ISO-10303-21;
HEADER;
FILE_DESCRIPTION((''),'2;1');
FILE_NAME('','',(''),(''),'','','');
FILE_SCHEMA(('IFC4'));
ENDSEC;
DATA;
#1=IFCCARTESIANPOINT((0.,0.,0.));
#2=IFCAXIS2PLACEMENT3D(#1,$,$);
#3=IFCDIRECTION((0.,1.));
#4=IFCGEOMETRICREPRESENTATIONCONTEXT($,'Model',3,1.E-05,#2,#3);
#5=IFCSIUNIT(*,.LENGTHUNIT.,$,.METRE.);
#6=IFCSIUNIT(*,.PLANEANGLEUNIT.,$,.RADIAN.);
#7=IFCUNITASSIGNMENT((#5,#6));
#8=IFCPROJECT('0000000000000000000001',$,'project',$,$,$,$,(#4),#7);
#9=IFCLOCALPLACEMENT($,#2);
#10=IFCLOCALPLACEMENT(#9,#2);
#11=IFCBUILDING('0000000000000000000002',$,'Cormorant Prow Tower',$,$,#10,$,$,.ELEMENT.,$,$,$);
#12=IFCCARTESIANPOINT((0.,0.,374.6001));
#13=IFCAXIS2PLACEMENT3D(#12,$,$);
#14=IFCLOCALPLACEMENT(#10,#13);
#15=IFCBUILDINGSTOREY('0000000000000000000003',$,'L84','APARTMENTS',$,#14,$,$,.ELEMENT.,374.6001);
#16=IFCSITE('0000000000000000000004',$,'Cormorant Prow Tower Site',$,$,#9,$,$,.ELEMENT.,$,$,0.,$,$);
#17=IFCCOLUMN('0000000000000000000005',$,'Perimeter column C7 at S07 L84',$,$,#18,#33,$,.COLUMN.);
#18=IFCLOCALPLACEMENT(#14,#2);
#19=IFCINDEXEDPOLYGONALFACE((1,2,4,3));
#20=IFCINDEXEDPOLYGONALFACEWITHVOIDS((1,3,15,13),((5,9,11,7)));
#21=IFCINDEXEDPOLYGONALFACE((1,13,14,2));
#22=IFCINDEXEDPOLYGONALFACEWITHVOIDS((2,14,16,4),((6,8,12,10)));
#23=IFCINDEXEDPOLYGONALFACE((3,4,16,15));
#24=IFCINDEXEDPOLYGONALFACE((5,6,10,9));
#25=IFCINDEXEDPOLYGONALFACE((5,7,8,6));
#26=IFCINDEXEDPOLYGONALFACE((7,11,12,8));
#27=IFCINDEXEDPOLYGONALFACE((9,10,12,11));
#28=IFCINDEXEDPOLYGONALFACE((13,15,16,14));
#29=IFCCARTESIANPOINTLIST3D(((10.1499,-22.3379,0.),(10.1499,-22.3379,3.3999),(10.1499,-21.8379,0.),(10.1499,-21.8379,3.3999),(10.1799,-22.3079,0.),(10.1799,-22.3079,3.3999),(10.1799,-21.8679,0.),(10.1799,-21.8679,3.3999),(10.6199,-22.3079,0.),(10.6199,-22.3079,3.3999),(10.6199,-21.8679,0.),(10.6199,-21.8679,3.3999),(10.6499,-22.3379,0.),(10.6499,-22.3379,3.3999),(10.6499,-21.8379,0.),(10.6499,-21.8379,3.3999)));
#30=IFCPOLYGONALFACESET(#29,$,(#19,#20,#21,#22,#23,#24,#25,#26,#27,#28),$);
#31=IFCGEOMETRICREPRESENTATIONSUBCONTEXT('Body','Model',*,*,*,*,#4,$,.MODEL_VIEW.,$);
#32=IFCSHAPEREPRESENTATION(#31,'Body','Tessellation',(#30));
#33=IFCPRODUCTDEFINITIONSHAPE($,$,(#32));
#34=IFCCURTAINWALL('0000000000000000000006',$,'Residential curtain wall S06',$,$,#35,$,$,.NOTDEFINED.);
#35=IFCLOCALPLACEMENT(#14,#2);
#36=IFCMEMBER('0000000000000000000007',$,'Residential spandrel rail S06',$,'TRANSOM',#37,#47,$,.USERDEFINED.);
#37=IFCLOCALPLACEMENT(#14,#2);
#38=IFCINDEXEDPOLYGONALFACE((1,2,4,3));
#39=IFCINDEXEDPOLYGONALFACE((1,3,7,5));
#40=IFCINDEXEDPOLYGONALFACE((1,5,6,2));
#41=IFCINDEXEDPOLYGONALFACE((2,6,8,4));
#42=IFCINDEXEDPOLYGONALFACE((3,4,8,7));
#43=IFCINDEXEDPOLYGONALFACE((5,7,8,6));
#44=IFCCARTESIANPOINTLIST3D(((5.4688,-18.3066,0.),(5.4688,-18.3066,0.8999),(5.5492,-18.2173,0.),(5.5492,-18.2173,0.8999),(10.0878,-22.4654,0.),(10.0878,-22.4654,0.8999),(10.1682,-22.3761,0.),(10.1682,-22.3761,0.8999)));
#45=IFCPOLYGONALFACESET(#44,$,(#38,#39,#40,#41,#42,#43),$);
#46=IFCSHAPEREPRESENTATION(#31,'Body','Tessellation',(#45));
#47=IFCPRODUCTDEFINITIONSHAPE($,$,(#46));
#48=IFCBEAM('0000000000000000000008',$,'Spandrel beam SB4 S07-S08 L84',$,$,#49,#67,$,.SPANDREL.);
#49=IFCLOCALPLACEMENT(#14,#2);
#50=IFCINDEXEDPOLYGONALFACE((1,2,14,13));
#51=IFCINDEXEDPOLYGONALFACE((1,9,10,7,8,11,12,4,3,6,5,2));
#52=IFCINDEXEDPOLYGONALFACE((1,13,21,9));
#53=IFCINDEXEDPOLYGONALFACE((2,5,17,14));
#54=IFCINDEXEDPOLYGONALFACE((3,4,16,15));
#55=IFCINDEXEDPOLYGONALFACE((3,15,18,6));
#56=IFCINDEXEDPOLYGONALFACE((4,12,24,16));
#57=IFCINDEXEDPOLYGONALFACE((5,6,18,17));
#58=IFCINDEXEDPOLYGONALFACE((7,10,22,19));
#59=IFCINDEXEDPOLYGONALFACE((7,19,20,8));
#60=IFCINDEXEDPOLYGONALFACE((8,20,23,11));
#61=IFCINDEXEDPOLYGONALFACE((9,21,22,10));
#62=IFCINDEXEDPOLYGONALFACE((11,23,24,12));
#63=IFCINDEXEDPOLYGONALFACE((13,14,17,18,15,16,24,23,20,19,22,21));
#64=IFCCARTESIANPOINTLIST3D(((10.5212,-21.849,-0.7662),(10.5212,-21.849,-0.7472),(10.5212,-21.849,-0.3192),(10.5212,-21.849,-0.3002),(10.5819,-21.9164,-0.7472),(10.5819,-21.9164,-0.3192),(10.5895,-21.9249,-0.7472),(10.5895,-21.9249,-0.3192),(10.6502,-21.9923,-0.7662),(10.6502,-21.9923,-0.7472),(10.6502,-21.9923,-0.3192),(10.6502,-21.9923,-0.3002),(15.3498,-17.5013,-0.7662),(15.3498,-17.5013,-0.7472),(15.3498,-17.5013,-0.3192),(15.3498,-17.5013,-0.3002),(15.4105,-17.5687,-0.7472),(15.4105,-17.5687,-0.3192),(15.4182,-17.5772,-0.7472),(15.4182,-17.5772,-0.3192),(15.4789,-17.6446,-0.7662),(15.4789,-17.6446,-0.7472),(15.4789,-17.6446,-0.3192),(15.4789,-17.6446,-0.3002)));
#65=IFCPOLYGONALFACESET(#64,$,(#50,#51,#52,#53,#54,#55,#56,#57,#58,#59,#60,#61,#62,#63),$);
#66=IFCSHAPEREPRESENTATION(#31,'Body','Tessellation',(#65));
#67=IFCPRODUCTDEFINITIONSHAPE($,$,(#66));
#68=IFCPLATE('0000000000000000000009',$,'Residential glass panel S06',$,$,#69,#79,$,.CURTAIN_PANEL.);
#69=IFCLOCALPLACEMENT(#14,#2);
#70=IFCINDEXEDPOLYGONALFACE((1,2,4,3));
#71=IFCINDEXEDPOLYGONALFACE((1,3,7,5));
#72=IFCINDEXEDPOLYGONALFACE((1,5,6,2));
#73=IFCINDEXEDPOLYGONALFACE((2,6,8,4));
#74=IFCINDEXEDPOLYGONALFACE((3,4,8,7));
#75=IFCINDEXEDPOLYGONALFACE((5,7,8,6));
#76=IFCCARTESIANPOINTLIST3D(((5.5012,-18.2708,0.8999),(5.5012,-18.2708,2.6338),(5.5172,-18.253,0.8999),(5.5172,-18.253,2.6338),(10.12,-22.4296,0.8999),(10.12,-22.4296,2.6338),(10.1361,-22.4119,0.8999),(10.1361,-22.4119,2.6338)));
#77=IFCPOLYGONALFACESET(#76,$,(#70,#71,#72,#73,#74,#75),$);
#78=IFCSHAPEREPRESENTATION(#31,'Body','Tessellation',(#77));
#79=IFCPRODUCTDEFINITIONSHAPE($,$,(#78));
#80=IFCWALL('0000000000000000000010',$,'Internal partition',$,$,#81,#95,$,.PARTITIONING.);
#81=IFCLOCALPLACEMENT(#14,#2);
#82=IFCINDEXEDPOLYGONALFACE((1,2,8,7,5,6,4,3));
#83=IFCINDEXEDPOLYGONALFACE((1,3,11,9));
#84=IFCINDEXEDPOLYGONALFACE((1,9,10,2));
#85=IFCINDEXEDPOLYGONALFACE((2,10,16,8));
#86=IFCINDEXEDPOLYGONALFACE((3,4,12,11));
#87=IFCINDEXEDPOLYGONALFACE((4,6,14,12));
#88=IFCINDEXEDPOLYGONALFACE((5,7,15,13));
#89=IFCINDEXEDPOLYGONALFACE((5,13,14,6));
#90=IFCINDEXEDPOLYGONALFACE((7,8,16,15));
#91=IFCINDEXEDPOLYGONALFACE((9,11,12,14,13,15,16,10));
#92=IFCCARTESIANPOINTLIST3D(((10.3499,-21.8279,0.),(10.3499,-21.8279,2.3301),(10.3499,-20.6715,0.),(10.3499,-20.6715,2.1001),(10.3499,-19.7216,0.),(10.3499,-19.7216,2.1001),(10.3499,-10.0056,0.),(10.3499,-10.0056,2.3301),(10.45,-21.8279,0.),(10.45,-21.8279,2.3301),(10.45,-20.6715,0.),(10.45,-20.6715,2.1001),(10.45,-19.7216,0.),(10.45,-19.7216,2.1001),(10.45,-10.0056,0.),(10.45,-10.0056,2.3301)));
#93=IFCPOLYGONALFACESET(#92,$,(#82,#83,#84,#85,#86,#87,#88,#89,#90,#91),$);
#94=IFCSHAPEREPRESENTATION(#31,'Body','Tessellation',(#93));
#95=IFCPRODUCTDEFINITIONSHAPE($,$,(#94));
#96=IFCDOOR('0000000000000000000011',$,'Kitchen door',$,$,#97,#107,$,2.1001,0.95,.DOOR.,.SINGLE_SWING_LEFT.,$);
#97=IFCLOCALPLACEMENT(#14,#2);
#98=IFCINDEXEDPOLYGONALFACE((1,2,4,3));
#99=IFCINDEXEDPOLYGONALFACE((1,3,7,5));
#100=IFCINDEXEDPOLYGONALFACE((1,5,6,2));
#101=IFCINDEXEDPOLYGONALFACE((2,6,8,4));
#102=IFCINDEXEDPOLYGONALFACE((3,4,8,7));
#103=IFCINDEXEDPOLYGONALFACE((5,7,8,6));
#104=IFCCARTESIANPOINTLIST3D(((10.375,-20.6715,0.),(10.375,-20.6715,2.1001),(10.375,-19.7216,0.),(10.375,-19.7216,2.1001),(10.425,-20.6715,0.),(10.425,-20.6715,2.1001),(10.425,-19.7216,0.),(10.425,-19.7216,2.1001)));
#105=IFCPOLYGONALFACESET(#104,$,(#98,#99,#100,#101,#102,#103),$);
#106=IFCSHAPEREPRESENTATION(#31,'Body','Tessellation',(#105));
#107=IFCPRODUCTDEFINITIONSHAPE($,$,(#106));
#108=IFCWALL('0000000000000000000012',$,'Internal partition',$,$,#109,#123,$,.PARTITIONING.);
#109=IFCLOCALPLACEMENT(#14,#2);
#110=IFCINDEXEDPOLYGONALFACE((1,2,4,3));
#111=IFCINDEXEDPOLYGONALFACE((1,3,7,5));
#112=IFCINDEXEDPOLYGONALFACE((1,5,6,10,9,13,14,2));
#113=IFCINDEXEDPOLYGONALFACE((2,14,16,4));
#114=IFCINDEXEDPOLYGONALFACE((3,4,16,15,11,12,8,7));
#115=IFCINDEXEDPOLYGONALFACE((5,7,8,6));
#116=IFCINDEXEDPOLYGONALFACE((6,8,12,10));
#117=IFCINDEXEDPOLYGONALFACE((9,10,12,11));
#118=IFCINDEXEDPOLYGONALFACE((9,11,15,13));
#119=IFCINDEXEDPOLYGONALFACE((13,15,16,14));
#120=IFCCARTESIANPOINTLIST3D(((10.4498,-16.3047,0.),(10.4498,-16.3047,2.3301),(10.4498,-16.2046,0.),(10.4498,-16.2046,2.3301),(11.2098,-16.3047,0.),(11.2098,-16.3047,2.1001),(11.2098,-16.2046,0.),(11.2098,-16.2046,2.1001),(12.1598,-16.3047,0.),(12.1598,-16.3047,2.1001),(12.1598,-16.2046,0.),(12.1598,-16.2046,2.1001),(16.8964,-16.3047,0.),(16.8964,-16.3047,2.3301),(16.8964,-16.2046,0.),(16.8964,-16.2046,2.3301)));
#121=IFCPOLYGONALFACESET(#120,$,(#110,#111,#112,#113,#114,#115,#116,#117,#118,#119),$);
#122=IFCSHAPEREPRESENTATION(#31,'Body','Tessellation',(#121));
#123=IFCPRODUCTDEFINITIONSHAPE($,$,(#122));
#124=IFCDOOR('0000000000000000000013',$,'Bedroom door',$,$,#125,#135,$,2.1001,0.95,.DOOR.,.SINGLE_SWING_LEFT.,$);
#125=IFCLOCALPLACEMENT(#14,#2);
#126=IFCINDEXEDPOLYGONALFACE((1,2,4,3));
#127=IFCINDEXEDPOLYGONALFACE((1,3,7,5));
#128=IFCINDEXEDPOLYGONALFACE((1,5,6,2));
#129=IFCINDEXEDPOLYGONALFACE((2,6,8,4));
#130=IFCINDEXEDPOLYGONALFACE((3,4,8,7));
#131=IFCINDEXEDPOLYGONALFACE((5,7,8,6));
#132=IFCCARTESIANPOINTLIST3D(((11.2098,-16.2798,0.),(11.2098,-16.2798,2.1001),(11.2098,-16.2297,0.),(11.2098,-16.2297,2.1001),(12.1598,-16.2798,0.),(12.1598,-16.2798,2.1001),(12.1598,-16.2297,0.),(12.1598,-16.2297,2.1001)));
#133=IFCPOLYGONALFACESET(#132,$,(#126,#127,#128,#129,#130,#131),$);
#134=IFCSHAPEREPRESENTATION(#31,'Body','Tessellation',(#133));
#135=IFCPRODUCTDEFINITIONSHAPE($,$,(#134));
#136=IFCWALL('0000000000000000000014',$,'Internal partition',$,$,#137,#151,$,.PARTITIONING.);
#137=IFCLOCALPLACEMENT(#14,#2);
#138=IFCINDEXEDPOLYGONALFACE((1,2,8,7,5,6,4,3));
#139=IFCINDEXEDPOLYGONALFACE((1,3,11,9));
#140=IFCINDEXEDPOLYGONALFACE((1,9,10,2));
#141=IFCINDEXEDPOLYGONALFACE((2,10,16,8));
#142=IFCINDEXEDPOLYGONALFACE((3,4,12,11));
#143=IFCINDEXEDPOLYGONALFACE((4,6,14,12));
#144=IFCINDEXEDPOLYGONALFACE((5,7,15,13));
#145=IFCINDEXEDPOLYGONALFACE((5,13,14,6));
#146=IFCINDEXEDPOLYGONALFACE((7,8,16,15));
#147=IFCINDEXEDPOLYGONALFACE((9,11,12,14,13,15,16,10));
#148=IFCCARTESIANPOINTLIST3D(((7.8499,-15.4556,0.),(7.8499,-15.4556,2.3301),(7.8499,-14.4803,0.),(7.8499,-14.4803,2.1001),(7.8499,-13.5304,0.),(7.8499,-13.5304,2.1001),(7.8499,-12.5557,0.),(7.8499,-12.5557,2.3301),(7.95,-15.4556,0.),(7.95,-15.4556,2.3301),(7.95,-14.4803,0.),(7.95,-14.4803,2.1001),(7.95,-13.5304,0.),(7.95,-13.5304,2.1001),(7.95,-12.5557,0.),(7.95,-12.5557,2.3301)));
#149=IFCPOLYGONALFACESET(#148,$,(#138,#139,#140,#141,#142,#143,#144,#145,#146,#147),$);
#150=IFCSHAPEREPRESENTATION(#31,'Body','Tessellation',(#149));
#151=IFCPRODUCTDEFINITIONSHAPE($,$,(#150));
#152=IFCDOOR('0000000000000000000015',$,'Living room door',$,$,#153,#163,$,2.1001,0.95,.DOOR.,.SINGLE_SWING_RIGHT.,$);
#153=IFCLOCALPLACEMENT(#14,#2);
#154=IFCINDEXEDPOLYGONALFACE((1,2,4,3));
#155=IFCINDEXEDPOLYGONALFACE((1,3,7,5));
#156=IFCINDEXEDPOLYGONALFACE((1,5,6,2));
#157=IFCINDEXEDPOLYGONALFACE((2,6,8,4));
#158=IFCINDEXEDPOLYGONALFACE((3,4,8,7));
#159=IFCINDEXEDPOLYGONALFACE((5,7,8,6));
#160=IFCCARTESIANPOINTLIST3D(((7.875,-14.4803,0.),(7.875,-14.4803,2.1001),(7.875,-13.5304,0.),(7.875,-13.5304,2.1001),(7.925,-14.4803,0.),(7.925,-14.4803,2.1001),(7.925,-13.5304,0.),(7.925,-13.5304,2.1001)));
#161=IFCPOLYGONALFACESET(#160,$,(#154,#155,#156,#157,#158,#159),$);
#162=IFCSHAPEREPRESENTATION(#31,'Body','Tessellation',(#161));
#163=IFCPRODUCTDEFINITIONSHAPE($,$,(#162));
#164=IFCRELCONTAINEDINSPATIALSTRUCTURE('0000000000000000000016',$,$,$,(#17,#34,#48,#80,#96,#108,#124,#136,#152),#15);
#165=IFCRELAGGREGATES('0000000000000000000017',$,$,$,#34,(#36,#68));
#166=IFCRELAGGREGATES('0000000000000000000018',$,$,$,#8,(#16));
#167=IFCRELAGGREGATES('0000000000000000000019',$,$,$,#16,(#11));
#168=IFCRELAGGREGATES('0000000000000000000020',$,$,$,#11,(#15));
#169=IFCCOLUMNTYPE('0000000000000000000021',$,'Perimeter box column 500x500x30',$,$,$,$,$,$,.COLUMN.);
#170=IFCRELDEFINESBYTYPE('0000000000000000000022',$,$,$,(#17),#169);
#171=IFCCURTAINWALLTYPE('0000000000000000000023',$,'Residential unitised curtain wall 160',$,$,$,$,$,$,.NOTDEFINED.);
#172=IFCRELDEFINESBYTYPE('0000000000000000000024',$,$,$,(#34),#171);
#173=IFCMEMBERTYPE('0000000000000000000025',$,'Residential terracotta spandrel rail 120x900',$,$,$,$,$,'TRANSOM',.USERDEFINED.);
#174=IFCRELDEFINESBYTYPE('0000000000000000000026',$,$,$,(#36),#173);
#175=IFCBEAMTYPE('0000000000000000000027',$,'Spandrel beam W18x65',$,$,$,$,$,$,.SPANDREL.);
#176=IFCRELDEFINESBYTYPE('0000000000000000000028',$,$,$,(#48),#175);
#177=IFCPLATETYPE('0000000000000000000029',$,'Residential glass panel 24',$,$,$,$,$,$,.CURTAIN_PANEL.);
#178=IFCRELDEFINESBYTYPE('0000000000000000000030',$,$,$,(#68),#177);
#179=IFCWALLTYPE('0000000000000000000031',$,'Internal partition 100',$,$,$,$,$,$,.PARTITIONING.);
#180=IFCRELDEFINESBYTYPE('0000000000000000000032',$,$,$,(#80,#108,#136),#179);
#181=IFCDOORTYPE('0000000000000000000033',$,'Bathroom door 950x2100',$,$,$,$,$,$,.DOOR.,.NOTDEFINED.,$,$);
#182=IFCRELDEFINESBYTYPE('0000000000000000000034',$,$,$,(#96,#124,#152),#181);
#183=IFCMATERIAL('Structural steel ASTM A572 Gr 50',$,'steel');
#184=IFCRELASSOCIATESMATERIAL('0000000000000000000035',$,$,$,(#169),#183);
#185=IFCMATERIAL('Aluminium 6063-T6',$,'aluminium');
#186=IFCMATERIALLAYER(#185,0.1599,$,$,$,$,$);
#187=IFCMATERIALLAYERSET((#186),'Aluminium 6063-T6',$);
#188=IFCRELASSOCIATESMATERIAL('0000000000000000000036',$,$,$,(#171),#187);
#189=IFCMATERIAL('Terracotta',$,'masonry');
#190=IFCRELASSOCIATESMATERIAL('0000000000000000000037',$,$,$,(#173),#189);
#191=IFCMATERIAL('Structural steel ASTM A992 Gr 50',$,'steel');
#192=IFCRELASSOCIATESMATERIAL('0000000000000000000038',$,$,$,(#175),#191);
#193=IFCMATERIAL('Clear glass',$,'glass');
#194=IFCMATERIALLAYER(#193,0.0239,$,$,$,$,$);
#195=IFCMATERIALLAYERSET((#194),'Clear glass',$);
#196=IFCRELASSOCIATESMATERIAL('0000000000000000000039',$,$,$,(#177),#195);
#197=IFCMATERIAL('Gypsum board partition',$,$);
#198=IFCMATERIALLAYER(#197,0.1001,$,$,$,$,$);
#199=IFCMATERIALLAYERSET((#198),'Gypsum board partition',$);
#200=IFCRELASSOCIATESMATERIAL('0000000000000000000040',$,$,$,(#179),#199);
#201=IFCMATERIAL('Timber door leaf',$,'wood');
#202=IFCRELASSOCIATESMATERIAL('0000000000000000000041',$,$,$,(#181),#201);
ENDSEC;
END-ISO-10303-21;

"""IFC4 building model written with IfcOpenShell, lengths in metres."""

from ifc_helpers import new_model, si_unit, direction, frame, frame_2d, origin, origin_2d, place, context, subcontext, project, spatial, rectangle, hollow_rectangle, i_section, extrude, material, layer, layer_set, material_profile, profile_set, type_object, element, fill, aggregate, save


model = new_model("IFC4")

# Units and contexts
model_context = context("Model", 3, precision=1e-05, world=origin(), true_north=direction((0.0, 1.0)))
body_context = subcontext(model_context, "Body", "Model", "MODEL_VIEW")
ifc_project = project(units=[si_unit("LENGTHUNIT", "METRE"), si_unit("PLANEANGLEUNIT", "RADIAN")], contexts=[model_context])

# Site, building, storey
site_placement = place(None, origin())
site = spatial("IfcSite", under=ifc_project, at=site_placement, Name="Cormorant Prow Tower Site", CompositionType="ELEMENT", RefElevation=0.0)
building_placement = place(site_placement, origin())
building = spatial("IfcBuilding", under=site, at=building_placement, Name="Cormorant Prow Tower", CompositionType="ELEMENT")
storey_placement = place(building_placement, frame((0.0, 0.0, 374.6001)))
storey = spatial("IfcBuildingStorey", under=building, at=storey_placement, Name="L84", Description="APARTMENTS", CompositionType="ELEMENT", Elevation=374.6001)

# Column
ifc_material_1 = material(Name="Structural steel ASTM A572 Gr 50", Category="steel")
ifc_material_profile_1 = material_profile(ifc_material_1, hollow_rectangle(XDim=0.5, YDim=0.5, WallThickness=0.03, at=origin_2d()), Name="Box 500x500x30")
ifc_profile_set_1 = profile_set([ifc_material_profile_1], Name="Structural steel ASTM A572 Gr 50")
column_type = type_object("IfcColumnType", Name="Perimeter box column 500x500x30", PredefinedType="COLUMN", material=ifc_profile_set_1)
column_placement = place(storey_placement, frame((10.3999, -22.0879, 0.0), z_axis=(0.0, 0.0, 1.0), x_axis=(1.0, 0.0, 0.0)))
element("IfcColumn", 1, at=column_placement, inside=storey, type_object=column_type, Name="Perimeter column C7 at S07 L84", PredefinedType="COLUMN", context=body_context, shape_type="SweptSolid", body=[
    extrude(hollow_rectangle(XDim=0.5, YDim=0.5, WallThickness=0.03, at=origin_2d()), origin(), (0.0, 0.0, 1.0), 3.3999),
])

# Curtain wall, member
ifc_material_2 = material(Name="Aluminium 6063-T6", Category="aluminium")
ifc_layer_1 = layer(ifc_material_2, 0.1599)
ifc_layer_set_1 = layer_set([ifc_layer_1], Name="Aluminium 6063-T6")
curtain_wall_type = type_object("IfcCurtainWallType", Name="Residential unitised curtain wall 160", PredefinedType="NOTDEFINED", material=ifc_layer_set_1)
curtain_wall_placement = place(storey_placement, origin())
curtain_wall = element("IfcCurtainWall", 2, at=curtain_wall_placement, inside=storey, type_object=curtain_wall_type, Name="Residential curtain wall S06", PredefinedType="NOTDEFINED")
ifc_material_3 = material(Name="Terracotta", Category="masonry")
ifc_material_profile_2 = material_profile(ifc_material_3, rectangle(XDim=0.1201, YDim=0.8999, at=origin_2d()), Name="Residential terracotta spandrel rail 120x900")
ifc_profile_set_2 = profile_set([ifc_material_profile_2], Name="Terracotta")
member_type = type_object("IfcMemberType", Name="Residential terracotta spandrel rail 120x900", ElementType="TRANSOM", PredefinedType="USERDEFINED", material=ifc_profile_set_2)
member_placement = place(storey_placement, frame((5.509, -18.262, 0.45), z_axis=(0.743159, -0.669114, 0.0), x_axis=(0.669114, 0.743159, 0.0)))
member = element("IfcMember", 3, at=member_placement, type_object=member_type, Name="Residential spandrel rail S06", ObjectType="TRANSOM", PredefinedType="USERDEFINED", context=body_context, shape_type="SweptSolid", body=[
    extrude(rectangle(XDim=0.1201, YDim=0.8999, at=origin_2d()), origin(), (0.0, 0.0, 1.0), 6.2153),
])

# Beam
ifc_material_4 = material(Name="Structural steel ASTM A992 Gr 50", Category="steel")
ifc_material_profile_3 = material_profile(ifc_material_4, i_section(OverallWidth=0.1929, OverallDepth=0.4661, WebThickness=0.0115, FlangeThickness=0.019, at=origin_2d()), Name="W18x65")
ifc_profile_set_3 = profile_set([ifc_material_profile_3], Name="Structural steel ASTM A992 Gr 50")
beam_type = type_object("IfcBeamType", Name="Spandrel beam W18x65", PredefinedType="SPANDREL", material=ifc_profile_set_3)
beam_placement = place(storey_placement, frame((10.5857, -21.9207, -0.5332), z_axis=(0.743148, 0.669127, 0.0), x_axis=(-0.669127, 0.743148, 0.0)))
element("IfcBeam", 4, at=beam_placement, inside=storey, type_object=beam_type, Name="Spandrel beam SB4 S07-S08 L84", PredefinedType="SPANDREL", context=body_context, shape_type="SweptSolid", body=[
    extrude(i_section(OverallWidth=0.1929, OverallDepth=0.4661, WebThickness=0.0115, FlangeThickness=0.019, at=origin_2d()), origin(), (0.0, 0.0, 1.0), 6.4976),
])

# Plate
ifc_material_5 = material(Name="Clear glass", Category="glass")
ifc_layer_2 = layer(ifc_material_5, 0.0239)
ifc_layer_set_2 = layer_set([ifc_layer_2], Name="Clear glass")
plate_type = type_object("IfcPlateType", Name="Residential glass panel 24", PredefinedType="CURTAIN_PANEL", material=ifc_layer_set_2)
plate_placement = place(storey_placement, frame((7.8186, -20.3413, 0.8999), z_axis=(0.0, 0.0, 1.0), x_axis=(0.743145, -0.669131, 0.0)))
plate = element("IfcPlate", 5, at=plate_placement, type_object=plate_type, Name="Residential glass panel S06", PredefinedType="CURTAIN_PANEL", context=body_context, shape_type="SweptSolid", body=[
    extrude(rectangle(XDim=6.2153, YDim=0.0239, at=origin_2d()), origin(), (0.0, 0.0, 1.0), 1.7339),
])
aggregate(curtain_wall, [member, plate])

# Walls, openings, doors
ifc_material_6 = material(Name="Gypsum board partition")
ifc_layer_3 = layer(ifc_material_6, 0.1001)
ifc_layer_set_3 = layer_set([ifc_layer_3], Name="Gypsum board partition")
wall_type_1 = type_object("IfcWallType", Name="Internal partition 100", PredefinedType="PARTITIONING", material=ifc_layer_set_3)
wall_1_placement = place(storey_placement, frame((10.3999, -21.8279, 0.0), z_axis=(0.0, 0.0, 1.0), x_axis=(0.0, 1.0, 0.0)))
wall_1 = element("IfcWall", 6, at=wall_1_placement, inside=storey, type_object=wall_type_1, Name="Internal partition", PredefinedType="PARTITIONING", context=body_context, shape_type="SweptSolid", body=[
    extrude(rectangle(XDim=11.8223, YDim=0.1001, at=frame_2d((5.9111, 0.0))), origin(), (0.0, 0.0, 1.0), 2.3301),
])
opening_1_placement = place(wall_1_placement, frame((1.1562, 0.0, 0.0)))
opening_1 = element("IfcOpeningElement", 7, at=opening_1_placement, cuts=wall_1, PredefinedType="OPENING", context=body_context, shape_type="SweptSolid", body=[
    extrude(rectangle(XDim=0.95, YDim=2.1001, at=frame_2d((0.4751, 1.05))), frame((0.0, 0.0601, 0.0), z_axis=(0.0, -1.0, 0.0), x_axis=(1.0, 0.0, 0.0)), (0.0, 0.0, 1.0), 0.1201),
])
ifc_material_7 = material(Name="Timber door leaf", Category="wood")
door_type_1 = type_object("IfcDoorType", Name="Bathroom door 950x2100", OperationType="NOTDEFINED", PredefinedType="DOOR", material=ifc_material_7)
door_1_placement = place(opening_1_placement, origin())
door_1 = element("IfcDoor", 8, at=door_1_placement, inside=storey, type_object=door_type_1, Name="Kitchen door", OperationType="SINGLE_SWING_LEFT", OverallHeight=2.1001, OverallWidth=0.95, PredefinedType="DOOR", context=body_context, shape_type="SweptSolid", body=[
    extrude(rectangle(XDim=0.95, YDim=2.1001, at=frame_2d((0.4751, 1.05))), frame((0.0, 0.0249, 0.0), z_axis=(0.0, -1.0, 0.0), x_axis=(1.0, 0.0, 0.0)), (0.0, 0.0, 1.0), 0.05),
])
fill(opening_1, door_1)
wall_2_placement = place(storey_placement, frame((10.45, -16.2546, 0.0), z_axis=(0.0, 0.0, 1.0), x_axis=(1.0, 0.0, 0.0)))
wall_2 = element("IfcWall", 9, at=wall_2_placement, inside=storey, type_object=wall_type_1, Name="Internal partition", PredefinedType="PARTITIONING", context=body_context, shape_type="SweptSolid", body=[
    extrude(rectangle(XDim=6.4465, YDim=0.1001, at=frame_2d((3.2231, 0.0))), origin(), (0.0, 0.0, 1.0), 2.3301),
])
opening_2_placement = place(wall_2_placement, frame((0.7598, 0.0, 0.0)))
opening_2 = element("IfcOpeningElement", 10, at=opening_2_placement, cuts=wall_2, PredefinedType="OPENING", context=body_context, shape_type="SweptSolid", body=[
    extrude(rectangle(XDim=0.95, YDim=2.1001, at=frame_2d((0.4751, 1.05))), frame((0.0, 0.0601, 0.0), z_axis=(0.0, -1.0, 0.0), x_axis=(1.0, 0.0, 0.0)), (0.0, 0.0, 1.0), 0.1201),
])
door_2_placement = place(opening_2_placement, origin())
door_2 = element("IfcDoor", 11, at=door_2_placement, inside=storey, type_object=door_type_1, Name="Bedroom door", OperationType="SINGLE_SWING_LEFT", OverallHeight=2.1001, OverallWidth=0.95, PredefinedType="DOOR", context=body_context, shape_type="SweptSolid", body=[
    extrude(rectangle(XDim=0.95, YDim=2.1001, at=frame_2d((0.4751, 1.05))), frame((0.0, 0.0249, 0.0), z_axis=(0.0, -1.0, 0.0), x_axis=(1.0, 0.0, 0.0)), (0.0, 0.0, 1.0), 0.05),
])
fill(opening_2, door_2)
wall_3_placement = place(storey_placement, frame((7.8999, -15.4556, 0.0), z_axis=(0.0, 0.0, 1.0), x_axis=(0.0, 1.0, 0.0)))
wall_3 = element("IfcWall", 12, at=wall_3_placement, inside=storey, type_object=wall_type_1, Name="Internal partition", PredefinedType="PARTITIONING", context=body_context, shape_type="SweptSolid", body=[
    extrude(rectangle(XDim=2.8999, YDim=0.1001, at=frame_2d((1.45, 0.0))), origin(), (0.0, 0.0, 1.0), 2.3301),
])
opening_3_placement = place(wall_3_placement, frame((0.9751, 0.0, 0.0)))
opening_3 = element("IfcOpeningElement", 13, at=opening_3_placement, cuts=wall_3, PredefinedType="OPENING", context=body_context, shape_type="SweptSolid", body=[
    extrude(rectangle(XDim=0.95, YDim=2.1001, at=frame_2d((0.4751, 1.05))), frame((0.0, 0.0601, 0.0), z_axis=(0.0, -1.0, 0.0), x_axis=(1.0, 0.0, 0.0)), (0.0, 0.0, 1.0), 0.1201),
])
door_3_placement = place(opening_3_placement, origin())
door_3 = element("IfcDoor", 14, at=door_3_placement, inside=storey, type_object=door_type_1, Name="Living room door", OperationType="SINGLE_SWING_RIGHT", OverallHeight=2.1001, OverallWidth=0.95, PredefinedType="DOOR", context=body_context, shape_type="SweptSolid", body=[
    extrude(rectangle(XDim=0.95, YDim=2.1001, at=frame_2d((0.4751, 1.05))), frame((0.0, 0.0249, 0.0), z_axis=(0.0, -1.0, 0.0), x_axis=(1.0, 0.0, 0.0)), (0.0, 0.0, 1.0), 0.05),
])
fill(opening_3, door_3)

save(model, "model.ifc")
